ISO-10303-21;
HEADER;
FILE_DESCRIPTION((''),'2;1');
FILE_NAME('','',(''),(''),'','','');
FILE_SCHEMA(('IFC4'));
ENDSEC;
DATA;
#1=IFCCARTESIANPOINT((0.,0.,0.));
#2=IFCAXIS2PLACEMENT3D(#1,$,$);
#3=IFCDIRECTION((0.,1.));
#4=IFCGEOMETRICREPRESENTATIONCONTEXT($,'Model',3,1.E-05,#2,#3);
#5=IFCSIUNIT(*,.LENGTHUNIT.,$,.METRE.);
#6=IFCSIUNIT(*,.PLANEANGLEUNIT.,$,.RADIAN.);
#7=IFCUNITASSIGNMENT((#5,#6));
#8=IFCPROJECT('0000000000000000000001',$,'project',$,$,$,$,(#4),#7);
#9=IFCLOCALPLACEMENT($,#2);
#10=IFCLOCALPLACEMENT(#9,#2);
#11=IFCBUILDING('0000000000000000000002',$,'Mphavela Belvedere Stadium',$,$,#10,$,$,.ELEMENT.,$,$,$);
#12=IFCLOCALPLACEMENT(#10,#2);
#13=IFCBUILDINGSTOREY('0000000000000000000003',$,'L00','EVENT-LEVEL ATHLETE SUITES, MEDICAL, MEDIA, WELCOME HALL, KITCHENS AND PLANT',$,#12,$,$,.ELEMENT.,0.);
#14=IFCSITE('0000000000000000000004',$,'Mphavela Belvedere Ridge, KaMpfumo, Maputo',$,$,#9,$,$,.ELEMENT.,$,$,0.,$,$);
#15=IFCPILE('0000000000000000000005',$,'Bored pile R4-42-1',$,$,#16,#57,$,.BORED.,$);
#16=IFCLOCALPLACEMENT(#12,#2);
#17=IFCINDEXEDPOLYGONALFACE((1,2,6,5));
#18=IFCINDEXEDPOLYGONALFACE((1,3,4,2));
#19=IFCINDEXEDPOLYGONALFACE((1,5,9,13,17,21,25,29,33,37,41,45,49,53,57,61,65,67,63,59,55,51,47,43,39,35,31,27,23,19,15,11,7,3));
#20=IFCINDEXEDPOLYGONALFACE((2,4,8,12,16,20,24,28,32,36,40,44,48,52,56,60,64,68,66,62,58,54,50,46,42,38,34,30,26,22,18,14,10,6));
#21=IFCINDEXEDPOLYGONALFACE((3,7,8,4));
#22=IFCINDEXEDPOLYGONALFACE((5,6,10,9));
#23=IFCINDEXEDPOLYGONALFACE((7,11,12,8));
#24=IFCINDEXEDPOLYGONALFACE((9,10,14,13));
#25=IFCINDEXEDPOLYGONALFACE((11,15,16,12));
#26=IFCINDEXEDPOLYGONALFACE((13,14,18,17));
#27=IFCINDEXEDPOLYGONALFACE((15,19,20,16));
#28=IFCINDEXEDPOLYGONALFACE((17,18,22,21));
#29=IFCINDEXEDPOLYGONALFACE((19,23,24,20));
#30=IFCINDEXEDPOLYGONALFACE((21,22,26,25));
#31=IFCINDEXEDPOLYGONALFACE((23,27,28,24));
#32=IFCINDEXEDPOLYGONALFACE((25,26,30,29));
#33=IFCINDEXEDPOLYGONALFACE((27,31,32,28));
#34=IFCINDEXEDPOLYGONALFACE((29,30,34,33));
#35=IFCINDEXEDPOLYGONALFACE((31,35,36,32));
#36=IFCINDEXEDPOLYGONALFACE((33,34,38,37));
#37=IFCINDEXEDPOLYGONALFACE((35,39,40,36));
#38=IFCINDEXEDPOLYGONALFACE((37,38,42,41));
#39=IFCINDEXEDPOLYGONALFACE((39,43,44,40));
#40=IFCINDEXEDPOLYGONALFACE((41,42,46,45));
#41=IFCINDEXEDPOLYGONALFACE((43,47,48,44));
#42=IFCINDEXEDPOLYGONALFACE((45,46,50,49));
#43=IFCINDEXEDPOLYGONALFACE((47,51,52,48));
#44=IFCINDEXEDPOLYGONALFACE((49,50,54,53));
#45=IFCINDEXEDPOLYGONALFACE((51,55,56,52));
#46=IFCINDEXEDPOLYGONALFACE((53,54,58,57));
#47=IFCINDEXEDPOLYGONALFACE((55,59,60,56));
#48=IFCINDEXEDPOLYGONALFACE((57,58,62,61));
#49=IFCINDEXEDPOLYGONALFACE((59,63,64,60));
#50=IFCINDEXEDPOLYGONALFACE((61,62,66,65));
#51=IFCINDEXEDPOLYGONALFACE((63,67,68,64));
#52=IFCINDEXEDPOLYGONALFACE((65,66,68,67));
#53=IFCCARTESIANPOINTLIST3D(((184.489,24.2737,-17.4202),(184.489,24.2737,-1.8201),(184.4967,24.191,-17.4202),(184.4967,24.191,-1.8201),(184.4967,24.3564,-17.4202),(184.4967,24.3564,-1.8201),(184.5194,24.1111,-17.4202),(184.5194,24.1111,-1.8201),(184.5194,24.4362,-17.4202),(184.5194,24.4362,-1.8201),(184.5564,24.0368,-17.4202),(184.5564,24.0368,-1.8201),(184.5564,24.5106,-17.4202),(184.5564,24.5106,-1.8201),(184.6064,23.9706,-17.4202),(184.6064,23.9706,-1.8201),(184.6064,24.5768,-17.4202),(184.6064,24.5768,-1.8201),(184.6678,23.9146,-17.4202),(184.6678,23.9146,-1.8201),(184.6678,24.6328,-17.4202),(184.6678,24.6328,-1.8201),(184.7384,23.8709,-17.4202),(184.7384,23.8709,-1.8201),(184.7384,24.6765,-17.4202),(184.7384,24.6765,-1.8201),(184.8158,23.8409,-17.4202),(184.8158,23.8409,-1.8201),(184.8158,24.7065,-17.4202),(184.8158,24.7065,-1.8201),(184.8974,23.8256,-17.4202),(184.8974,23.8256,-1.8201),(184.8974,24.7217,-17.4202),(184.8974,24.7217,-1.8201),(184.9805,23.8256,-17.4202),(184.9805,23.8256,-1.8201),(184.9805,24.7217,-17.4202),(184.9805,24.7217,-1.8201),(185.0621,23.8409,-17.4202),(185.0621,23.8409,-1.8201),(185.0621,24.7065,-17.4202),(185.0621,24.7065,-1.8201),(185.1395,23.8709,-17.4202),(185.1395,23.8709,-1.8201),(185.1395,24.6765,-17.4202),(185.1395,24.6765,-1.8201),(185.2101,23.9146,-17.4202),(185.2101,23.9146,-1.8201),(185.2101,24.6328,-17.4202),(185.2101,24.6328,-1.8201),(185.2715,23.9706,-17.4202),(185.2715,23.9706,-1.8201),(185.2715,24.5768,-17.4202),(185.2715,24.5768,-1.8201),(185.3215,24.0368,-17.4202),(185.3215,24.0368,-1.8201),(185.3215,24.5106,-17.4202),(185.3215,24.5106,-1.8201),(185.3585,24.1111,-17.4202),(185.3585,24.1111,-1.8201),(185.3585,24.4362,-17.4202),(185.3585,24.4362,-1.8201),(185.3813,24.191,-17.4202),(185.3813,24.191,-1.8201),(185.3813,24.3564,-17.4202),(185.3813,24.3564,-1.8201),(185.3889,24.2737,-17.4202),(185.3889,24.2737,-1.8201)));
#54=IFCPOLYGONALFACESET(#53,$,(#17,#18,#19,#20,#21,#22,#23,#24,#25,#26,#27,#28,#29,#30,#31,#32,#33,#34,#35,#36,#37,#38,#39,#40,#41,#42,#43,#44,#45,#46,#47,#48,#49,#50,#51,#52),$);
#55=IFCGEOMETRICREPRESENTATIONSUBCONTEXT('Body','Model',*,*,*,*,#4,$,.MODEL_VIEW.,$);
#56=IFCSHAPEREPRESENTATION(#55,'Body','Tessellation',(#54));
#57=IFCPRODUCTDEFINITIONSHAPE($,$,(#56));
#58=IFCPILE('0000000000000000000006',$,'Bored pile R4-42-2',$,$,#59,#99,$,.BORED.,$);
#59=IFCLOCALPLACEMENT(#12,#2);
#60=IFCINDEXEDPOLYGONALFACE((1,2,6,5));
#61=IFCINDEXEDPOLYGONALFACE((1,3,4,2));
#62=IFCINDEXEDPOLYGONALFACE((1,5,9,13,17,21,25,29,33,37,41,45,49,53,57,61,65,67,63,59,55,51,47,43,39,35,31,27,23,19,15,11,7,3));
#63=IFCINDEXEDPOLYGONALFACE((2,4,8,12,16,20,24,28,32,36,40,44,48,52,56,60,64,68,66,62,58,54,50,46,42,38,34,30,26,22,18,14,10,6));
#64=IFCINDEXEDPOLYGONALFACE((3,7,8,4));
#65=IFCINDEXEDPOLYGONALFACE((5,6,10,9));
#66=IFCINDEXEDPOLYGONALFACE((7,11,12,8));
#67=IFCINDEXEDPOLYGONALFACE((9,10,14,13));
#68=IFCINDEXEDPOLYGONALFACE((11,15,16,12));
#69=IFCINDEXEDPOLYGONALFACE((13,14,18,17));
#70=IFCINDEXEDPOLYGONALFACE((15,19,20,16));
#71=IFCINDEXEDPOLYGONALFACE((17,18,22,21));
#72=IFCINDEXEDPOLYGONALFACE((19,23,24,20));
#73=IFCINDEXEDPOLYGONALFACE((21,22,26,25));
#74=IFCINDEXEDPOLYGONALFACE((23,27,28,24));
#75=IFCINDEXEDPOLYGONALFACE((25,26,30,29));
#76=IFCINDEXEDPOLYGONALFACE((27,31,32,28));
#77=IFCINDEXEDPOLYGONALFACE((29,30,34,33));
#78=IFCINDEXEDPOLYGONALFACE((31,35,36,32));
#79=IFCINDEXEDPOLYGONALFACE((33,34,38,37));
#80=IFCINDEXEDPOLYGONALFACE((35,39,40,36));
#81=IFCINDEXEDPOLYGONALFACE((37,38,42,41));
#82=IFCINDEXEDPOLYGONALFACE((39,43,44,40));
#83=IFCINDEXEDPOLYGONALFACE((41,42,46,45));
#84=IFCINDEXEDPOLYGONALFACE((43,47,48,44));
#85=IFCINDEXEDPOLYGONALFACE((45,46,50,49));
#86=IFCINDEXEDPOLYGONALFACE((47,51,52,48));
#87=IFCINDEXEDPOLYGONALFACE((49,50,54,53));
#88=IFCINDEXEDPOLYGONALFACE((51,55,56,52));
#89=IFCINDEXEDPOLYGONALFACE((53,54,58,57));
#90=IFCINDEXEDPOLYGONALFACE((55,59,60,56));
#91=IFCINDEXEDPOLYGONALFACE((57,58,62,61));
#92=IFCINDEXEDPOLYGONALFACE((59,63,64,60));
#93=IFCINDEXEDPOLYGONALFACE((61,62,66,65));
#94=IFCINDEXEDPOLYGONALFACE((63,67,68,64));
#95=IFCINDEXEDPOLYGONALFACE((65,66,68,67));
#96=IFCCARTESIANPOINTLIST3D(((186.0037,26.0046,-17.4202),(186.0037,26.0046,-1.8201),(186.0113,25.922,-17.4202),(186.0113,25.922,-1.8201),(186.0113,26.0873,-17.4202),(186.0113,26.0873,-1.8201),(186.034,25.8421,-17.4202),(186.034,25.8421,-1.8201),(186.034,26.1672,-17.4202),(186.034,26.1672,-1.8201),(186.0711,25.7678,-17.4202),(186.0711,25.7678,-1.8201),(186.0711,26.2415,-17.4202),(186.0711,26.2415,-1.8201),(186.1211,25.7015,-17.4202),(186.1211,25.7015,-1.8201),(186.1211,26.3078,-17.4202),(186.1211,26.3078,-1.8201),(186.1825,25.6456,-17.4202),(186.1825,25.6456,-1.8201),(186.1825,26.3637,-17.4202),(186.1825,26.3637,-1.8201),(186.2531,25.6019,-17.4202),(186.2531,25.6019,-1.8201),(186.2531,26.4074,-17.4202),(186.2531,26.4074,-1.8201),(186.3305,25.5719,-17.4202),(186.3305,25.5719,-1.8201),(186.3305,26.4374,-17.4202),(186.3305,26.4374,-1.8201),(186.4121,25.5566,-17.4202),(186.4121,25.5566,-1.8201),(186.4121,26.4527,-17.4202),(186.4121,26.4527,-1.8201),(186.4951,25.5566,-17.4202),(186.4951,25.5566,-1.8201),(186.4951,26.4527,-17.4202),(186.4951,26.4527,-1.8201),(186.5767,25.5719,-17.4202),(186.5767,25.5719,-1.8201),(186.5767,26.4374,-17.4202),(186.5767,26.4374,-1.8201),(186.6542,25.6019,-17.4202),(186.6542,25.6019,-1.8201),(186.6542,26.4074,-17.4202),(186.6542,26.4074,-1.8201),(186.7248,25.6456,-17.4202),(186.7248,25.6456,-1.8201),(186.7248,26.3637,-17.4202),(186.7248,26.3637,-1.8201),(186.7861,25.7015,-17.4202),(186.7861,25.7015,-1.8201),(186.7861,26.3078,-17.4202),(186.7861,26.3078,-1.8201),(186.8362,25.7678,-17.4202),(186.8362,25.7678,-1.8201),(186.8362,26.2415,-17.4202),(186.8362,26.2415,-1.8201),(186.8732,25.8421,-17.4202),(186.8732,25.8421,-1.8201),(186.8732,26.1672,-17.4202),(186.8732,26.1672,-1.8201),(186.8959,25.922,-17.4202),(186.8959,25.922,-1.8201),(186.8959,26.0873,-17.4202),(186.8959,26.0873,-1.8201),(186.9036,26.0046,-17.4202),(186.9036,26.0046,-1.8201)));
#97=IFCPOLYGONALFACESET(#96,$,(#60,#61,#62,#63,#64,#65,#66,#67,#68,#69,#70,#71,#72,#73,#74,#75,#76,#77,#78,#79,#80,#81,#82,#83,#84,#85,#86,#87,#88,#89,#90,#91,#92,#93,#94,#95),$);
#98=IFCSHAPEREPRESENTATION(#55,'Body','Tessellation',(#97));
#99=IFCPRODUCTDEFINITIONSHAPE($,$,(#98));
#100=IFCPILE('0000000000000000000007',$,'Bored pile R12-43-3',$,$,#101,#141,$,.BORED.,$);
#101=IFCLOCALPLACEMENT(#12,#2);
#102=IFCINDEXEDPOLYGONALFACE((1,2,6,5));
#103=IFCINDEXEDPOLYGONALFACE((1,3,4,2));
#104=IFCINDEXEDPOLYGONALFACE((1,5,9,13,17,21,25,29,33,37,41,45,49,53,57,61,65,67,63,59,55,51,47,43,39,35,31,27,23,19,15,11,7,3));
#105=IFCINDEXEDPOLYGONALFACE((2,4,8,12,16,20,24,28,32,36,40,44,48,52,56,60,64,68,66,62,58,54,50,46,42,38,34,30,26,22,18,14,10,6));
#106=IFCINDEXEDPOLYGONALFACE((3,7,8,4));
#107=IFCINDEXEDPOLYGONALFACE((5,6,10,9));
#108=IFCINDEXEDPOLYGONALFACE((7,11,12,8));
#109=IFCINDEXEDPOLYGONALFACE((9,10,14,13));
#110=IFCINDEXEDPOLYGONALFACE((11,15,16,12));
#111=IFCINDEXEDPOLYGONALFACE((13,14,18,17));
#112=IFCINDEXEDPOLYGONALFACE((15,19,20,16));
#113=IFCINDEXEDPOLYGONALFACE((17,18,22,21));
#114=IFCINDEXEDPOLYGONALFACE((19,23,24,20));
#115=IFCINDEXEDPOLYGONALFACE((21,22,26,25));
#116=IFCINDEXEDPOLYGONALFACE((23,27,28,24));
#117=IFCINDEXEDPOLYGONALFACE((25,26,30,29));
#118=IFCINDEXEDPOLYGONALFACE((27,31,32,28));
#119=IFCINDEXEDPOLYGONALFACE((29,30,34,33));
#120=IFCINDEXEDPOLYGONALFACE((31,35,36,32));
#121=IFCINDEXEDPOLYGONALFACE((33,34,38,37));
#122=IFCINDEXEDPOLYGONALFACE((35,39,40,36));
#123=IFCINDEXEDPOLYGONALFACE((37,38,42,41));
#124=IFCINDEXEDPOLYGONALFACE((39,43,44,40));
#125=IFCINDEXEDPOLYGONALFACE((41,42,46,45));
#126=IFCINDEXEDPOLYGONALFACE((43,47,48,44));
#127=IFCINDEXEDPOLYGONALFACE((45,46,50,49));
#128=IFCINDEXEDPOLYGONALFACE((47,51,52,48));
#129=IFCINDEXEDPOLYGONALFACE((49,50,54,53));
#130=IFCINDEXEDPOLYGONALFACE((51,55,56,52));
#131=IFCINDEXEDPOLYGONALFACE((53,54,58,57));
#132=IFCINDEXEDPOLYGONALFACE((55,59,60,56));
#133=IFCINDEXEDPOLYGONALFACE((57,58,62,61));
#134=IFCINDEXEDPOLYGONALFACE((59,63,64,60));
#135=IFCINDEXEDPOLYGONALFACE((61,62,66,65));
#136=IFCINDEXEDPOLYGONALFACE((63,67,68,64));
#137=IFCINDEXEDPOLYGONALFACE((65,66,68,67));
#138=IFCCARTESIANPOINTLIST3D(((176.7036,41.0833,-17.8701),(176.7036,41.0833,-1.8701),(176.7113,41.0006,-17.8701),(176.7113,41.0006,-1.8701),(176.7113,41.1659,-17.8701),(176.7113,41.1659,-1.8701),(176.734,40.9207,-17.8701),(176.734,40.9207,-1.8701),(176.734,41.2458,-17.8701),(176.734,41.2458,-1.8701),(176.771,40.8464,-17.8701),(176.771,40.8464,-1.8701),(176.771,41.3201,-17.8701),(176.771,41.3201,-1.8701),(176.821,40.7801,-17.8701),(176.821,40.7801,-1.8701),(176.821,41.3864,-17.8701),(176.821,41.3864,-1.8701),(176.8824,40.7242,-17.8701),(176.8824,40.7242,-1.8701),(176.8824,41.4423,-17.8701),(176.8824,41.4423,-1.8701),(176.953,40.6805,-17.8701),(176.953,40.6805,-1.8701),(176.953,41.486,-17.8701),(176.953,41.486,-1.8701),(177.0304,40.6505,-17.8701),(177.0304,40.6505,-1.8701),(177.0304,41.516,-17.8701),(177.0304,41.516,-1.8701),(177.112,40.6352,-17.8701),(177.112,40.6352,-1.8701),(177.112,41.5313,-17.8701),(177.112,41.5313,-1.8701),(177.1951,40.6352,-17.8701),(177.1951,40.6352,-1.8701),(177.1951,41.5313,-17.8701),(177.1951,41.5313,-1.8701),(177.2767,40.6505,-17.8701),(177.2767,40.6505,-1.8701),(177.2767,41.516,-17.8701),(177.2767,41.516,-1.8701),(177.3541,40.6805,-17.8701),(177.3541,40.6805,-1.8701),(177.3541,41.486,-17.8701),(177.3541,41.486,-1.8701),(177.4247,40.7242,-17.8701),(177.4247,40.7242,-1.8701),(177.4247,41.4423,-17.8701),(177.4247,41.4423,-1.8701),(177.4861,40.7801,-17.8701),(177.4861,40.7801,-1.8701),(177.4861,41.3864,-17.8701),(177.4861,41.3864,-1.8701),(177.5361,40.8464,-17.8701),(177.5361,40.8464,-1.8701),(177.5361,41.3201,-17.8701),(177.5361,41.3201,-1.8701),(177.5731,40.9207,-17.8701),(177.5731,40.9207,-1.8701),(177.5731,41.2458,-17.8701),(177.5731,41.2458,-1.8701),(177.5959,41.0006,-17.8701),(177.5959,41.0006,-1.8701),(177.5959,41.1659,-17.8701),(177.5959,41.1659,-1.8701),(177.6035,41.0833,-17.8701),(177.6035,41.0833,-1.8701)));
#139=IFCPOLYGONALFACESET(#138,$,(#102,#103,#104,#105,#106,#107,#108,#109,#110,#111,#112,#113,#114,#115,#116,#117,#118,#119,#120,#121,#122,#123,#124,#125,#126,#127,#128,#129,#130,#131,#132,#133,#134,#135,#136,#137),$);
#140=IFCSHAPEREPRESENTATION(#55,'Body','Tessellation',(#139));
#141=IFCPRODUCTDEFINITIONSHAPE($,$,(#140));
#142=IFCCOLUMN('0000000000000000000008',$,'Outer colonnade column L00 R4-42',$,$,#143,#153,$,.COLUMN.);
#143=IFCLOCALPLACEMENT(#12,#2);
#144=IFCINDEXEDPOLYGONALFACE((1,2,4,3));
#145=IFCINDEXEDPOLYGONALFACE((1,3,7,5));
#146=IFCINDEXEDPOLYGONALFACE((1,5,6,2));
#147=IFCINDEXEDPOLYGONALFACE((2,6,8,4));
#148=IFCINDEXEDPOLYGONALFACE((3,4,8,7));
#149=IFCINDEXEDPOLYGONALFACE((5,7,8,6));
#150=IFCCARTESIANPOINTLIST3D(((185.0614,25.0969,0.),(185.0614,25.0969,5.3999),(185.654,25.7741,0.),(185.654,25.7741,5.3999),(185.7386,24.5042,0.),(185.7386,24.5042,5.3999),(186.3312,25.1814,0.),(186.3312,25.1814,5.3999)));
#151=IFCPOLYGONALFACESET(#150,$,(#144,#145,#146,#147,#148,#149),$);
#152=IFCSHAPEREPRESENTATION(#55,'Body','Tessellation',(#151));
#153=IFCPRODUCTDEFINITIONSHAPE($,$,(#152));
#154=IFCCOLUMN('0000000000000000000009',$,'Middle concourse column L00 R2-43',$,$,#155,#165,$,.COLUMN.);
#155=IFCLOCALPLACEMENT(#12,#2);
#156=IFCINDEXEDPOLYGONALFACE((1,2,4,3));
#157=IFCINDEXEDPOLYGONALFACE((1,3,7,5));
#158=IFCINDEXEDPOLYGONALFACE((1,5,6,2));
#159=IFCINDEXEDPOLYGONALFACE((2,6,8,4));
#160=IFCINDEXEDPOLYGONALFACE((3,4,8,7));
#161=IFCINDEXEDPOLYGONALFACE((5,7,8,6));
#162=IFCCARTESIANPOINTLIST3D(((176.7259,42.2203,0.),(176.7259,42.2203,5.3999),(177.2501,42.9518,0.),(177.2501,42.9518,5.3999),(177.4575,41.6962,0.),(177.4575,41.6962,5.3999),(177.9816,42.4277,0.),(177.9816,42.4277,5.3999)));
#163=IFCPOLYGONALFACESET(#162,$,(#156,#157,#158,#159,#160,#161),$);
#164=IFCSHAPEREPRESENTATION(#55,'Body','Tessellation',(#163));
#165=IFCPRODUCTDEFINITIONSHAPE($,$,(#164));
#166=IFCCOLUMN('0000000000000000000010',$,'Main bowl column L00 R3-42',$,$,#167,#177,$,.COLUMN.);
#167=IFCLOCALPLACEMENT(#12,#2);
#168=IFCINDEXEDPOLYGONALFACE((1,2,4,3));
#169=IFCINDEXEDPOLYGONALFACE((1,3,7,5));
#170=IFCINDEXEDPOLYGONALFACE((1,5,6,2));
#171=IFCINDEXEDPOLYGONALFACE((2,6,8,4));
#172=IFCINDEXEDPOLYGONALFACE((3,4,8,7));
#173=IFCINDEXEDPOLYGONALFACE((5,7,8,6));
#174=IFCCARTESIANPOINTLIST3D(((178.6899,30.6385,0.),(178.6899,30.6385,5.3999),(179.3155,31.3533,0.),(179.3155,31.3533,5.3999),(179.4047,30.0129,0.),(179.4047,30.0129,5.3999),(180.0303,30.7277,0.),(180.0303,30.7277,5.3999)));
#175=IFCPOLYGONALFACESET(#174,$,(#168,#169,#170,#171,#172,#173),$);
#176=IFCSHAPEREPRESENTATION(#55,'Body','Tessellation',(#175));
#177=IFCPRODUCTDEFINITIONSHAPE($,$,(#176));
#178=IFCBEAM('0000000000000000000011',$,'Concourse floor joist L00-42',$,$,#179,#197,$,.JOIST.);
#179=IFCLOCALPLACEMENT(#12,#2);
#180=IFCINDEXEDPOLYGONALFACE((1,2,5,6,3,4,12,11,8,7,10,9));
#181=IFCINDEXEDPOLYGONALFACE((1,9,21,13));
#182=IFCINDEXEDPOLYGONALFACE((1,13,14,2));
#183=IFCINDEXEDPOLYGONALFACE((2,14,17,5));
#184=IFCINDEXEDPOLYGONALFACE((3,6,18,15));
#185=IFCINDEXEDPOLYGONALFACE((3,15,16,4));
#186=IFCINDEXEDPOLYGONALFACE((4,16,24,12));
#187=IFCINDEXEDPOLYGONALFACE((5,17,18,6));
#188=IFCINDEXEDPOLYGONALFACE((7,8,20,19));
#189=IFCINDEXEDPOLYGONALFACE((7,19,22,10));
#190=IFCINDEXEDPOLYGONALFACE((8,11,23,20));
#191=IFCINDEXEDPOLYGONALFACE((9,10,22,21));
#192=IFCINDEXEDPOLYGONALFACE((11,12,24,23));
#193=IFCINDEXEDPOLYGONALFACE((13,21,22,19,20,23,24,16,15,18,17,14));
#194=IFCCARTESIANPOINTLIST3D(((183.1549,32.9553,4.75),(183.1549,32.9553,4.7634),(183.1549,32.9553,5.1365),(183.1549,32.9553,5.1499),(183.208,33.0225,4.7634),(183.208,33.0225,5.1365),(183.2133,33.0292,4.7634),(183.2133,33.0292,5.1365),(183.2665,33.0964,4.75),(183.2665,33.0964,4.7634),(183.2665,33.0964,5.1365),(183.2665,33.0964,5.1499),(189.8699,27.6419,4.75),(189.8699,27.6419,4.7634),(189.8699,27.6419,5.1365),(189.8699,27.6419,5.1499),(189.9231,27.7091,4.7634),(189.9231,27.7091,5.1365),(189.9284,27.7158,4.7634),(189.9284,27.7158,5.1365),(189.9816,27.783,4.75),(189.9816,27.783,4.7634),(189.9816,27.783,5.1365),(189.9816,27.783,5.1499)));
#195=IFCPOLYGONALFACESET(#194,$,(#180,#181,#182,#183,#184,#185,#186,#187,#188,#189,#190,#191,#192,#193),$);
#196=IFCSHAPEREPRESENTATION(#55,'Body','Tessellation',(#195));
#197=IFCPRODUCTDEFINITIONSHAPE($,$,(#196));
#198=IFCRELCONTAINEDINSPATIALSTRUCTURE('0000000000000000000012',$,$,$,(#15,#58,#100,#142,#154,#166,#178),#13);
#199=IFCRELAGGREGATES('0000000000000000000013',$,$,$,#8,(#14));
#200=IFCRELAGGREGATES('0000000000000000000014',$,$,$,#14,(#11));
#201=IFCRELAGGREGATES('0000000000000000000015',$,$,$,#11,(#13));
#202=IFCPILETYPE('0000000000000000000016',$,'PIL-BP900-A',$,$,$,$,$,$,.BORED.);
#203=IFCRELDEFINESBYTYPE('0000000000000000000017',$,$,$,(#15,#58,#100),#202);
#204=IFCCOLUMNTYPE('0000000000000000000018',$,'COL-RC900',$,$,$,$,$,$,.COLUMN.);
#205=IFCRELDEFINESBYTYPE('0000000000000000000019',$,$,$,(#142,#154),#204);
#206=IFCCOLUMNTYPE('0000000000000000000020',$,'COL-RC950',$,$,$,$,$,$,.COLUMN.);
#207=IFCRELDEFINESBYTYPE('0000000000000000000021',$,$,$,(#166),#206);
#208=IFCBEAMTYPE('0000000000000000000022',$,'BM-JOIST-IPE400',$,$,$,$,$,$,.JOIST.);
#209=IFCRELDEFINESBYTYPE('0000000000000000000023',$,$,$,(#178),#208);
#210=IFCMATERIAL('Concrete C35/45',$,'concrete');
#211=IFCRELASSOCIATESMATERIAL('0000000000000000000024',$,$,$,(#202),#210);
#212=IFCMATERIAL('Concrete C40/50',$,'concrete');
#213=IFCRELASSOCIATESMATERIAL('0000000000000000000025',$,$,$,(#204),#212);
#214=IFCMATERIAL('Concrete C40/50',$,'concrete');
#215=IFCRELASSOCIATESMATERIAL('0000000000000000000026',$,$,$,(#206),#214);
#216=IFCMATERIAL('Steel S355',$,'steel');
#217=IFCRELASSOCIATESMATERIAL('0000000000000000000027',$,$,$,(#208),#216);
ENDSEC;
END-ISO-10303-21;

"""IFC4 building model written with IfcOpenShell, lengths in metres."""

from ifc_helpers import new_model, si_unit, direction, frame, origin, origin_2d, place, context, subcontext, project, spatial, rectangle, circle, i_section, extrude, material, material_profile, profile_set, type_object, element, save


model = new_model("IFC4")

# Units and contexts
model_context = context("Model", 3, precision=1e-05, world=origin(), true_north=direction((0.0, 1.0)))
body_context = subcontext(model_context, "Body", "Model", "MODEL_VIEW")
ifc_project = project(units=[si_unit("LENGTHUNIT", "METRE"), si_unit("PLANEANGLEUNIT", "RADIAN")], contexts=[model_context])

# Site, building, storey
site_placement = place(None, origin())
site = spatial("IfcSite", under=ifc_project, at=site_placement, Name="Mphavela Belvedere Ridge, KaMpfumo, Maputo", CompositionType="ELEMENT", RefElevation=0.0)
building_placement = place(site_placement, origin())
building = spatial("IfcBuilding", under=site, at=building_placement, Name="Mphavela Belvedere Stadium", CompositionType="ELEMENT")
storey_placement = place(building_placement, origin())
storey = spatial("IfcBuildingStorey", under=building, at=storey_placement, Name="L00", Description="EVENT-LEVEL ATHLETE SUITES, MEDICAL, MEDIA, WELCOME HALL, KITCHENS AND PLANT", CompositionType="ELEMENT", Elevation=0.0)

# Piles
ifc_material_1 = material(Name="Concrete C35/45", Category="concrete")
ifc_material_profile_1 = material_profile(ifc_material_1, circle(Radius=0.45, at=origin_2d()), Name="BP D900")
ifc_profile_set_1 = profile_set([ifc_material_profile_1], Name="Concrete C35/45")
pile_type_1 = type_object("IfcPileType", Name="PIL-BP900-A", PredefinedType="BORED", material=ifc_profile_set_1)
for number, where, z_axis, x_axis, name in (
    (1, (184.939, 24.2737, -1.8201), (0.0, 0.0, -1.0), (1.0, 0.0, 0.0), "Bored pile R4-42-1"),
    (2, (186.4536, 26.0046, -1.8201), (0.0, 0.0, -1.0), (1.0, 0.0, 0.0), "Bored pile R4-42-2"),
):
    element("IfcPile", number, at=place(storey_placement, frame(where, z_axis=z_axis, x_axis=x_axis)), inside=storey, type_object=pile_type_1, Name=name, PredefinedType="BORED", context=body_context, shape_type="SweptSolid", body=[
        extrude(circle(Radius=0.45, at=origin_2d()), origin(), (0.0, 0.0, 1.0), 15.6001),
    ])
pile_placement = place(storey_placement, frame((177.1536, 41.0833, -1.8701), z_axis=(0.0, 0.0, -1.0), x_axis=(1.0, 0.0, 0.0)))
element("IfcPile", 3, at=pile_placement, inside=storey, type_object=pile_type_1, Name="Bored pile R12-43-3", PredefinedType="BORED", context=body_context, shape_type="SweptSolid", body=[
    extrude(circle(Radius=0.45, at=origin_2d()), origin(), (0.0, 0.0, 1.0), 16.0),
])

# Columns
ifc_material_2 = material(Name="Concrete C40/50", Category="concrete")
ifc_material_profile_2 = material_profile(ifc_material_2, rectangle(XDim=0.8999, YDim=0.8999, at=origin_2d()), Name="RC 900x900")
ifc_profile_set_2 = profile_set([ifc_material_profile_2], Name="Concrete C40/50")
column_type_1 = type_object("IfcColumnType", Name="COL-RC900", PredefinedType="COLUMN", material=ifc_profile_set_2)
for number, where, z_axis, x_axis, name in (
    (4, (185.6963, 25.1392, 0.0), (0.0, 0.0, 1.0), (0.75253, -0.658558, 0.0), "Outer colonnade column L00 R4-42"),
    (5, (177.3538, 42.324, 0.0), (0.0, 0.0, 1.0), (0.812898, -0.582407, 0.0), "Middle concourse column L00 R2-43"),
):
    element("IfcColumn", number, at=place(storey_placement, frame(where, z_axis=z_axis, x_axis=x_axis)), inside=storey, type_object=column_type_1, Name=name, PredefinedType="COLUMN", context=body_context, shape_type="SweptSolid", body=[
        extrude(rectangle(XDim=0.8999, YDim=0.8999, at=origin_2d()), origin(), (0.0, 0.0, 1.0), 5.3999),
    ])
ifc_material_3 = material(Name="Concrete C40/50", Category="concrete")
ifc_material_profile_3 = material_profile(ifc_material_3, rectangle(XDim=0.95, YDim=0.95, at=origin_2d()), Name="RC 950x950")
ifc_profile_set_3 = profile_set([ifc_material_profile_3], Name="Concrete C40/50")
column_type_2 = type_object("IfcColumnType", Name="COL-RC950", PredefinedType="COLUMN", material=ifc_profile_set_3)
column_placement = place(storey_placement, frame((179.3601, 30.6831, 0.0), z_axis=(0.0, 0.0, 1.0), x_axis=(0.75253, -0.658558, 0.0)))
element("IfcColumn", 6, at=column_placement, inside=storey, type_object=column_type_2, Name="Main bowl column L00 R3-42", PredefinedType="COLUMN", context=body_context, shape_type="SweptSolid", body=[
    extrude(rectangle(XDim=0.95, YDim=0.95, at=origin_2d()), origin(), (0.0, 0.0, 1.0), 5.3999),
])

# Beam
ifc_material_4 = material(Name="Steel S355", Category="steel")
ifc_material_profile_4 = material_profile(ifc_material_4, i_section(OverallWidth=0.1799, OverallDepth=0.3999, WebThickness=0.0085, FlangeThickness=0.0134, at=origin_2d()), Name="IPE 400")
ifc_profile_set_4 = profile_set([ifc_material_profile_4], Name="Steel S355")
beam_type_1 = type_object("IfcBeamType", Name="BM-JOIST-IPE400", PredefinedType="JOIST", material=ifc_profile_set_4)
beam_1_placement = place(storey_placement, frame((183.2107, 33.0259, 4.95), z_axis=(0.784196, -0.620514, 0.0), x_axis=(0.620514, 0.784196, 0.0)))
element("IfcBeam", 7, at=beam_1_placement, inside=storey, type_object=beam_type_1, Name="Concourse floor joist L00-42", PredefinedType="JOIST", context=body_context, shape_type="SweptSolid", body=[
    extrude(i_section(OverallWidth=0.1799, OverallDepth=0.3999, WebThickness=0.0085, FlangeThickness=0.0134, at=origin_2d()), origin(), (0.0, 0.0, 1.0), 8.563),
])

save(model, "model.ifc")
